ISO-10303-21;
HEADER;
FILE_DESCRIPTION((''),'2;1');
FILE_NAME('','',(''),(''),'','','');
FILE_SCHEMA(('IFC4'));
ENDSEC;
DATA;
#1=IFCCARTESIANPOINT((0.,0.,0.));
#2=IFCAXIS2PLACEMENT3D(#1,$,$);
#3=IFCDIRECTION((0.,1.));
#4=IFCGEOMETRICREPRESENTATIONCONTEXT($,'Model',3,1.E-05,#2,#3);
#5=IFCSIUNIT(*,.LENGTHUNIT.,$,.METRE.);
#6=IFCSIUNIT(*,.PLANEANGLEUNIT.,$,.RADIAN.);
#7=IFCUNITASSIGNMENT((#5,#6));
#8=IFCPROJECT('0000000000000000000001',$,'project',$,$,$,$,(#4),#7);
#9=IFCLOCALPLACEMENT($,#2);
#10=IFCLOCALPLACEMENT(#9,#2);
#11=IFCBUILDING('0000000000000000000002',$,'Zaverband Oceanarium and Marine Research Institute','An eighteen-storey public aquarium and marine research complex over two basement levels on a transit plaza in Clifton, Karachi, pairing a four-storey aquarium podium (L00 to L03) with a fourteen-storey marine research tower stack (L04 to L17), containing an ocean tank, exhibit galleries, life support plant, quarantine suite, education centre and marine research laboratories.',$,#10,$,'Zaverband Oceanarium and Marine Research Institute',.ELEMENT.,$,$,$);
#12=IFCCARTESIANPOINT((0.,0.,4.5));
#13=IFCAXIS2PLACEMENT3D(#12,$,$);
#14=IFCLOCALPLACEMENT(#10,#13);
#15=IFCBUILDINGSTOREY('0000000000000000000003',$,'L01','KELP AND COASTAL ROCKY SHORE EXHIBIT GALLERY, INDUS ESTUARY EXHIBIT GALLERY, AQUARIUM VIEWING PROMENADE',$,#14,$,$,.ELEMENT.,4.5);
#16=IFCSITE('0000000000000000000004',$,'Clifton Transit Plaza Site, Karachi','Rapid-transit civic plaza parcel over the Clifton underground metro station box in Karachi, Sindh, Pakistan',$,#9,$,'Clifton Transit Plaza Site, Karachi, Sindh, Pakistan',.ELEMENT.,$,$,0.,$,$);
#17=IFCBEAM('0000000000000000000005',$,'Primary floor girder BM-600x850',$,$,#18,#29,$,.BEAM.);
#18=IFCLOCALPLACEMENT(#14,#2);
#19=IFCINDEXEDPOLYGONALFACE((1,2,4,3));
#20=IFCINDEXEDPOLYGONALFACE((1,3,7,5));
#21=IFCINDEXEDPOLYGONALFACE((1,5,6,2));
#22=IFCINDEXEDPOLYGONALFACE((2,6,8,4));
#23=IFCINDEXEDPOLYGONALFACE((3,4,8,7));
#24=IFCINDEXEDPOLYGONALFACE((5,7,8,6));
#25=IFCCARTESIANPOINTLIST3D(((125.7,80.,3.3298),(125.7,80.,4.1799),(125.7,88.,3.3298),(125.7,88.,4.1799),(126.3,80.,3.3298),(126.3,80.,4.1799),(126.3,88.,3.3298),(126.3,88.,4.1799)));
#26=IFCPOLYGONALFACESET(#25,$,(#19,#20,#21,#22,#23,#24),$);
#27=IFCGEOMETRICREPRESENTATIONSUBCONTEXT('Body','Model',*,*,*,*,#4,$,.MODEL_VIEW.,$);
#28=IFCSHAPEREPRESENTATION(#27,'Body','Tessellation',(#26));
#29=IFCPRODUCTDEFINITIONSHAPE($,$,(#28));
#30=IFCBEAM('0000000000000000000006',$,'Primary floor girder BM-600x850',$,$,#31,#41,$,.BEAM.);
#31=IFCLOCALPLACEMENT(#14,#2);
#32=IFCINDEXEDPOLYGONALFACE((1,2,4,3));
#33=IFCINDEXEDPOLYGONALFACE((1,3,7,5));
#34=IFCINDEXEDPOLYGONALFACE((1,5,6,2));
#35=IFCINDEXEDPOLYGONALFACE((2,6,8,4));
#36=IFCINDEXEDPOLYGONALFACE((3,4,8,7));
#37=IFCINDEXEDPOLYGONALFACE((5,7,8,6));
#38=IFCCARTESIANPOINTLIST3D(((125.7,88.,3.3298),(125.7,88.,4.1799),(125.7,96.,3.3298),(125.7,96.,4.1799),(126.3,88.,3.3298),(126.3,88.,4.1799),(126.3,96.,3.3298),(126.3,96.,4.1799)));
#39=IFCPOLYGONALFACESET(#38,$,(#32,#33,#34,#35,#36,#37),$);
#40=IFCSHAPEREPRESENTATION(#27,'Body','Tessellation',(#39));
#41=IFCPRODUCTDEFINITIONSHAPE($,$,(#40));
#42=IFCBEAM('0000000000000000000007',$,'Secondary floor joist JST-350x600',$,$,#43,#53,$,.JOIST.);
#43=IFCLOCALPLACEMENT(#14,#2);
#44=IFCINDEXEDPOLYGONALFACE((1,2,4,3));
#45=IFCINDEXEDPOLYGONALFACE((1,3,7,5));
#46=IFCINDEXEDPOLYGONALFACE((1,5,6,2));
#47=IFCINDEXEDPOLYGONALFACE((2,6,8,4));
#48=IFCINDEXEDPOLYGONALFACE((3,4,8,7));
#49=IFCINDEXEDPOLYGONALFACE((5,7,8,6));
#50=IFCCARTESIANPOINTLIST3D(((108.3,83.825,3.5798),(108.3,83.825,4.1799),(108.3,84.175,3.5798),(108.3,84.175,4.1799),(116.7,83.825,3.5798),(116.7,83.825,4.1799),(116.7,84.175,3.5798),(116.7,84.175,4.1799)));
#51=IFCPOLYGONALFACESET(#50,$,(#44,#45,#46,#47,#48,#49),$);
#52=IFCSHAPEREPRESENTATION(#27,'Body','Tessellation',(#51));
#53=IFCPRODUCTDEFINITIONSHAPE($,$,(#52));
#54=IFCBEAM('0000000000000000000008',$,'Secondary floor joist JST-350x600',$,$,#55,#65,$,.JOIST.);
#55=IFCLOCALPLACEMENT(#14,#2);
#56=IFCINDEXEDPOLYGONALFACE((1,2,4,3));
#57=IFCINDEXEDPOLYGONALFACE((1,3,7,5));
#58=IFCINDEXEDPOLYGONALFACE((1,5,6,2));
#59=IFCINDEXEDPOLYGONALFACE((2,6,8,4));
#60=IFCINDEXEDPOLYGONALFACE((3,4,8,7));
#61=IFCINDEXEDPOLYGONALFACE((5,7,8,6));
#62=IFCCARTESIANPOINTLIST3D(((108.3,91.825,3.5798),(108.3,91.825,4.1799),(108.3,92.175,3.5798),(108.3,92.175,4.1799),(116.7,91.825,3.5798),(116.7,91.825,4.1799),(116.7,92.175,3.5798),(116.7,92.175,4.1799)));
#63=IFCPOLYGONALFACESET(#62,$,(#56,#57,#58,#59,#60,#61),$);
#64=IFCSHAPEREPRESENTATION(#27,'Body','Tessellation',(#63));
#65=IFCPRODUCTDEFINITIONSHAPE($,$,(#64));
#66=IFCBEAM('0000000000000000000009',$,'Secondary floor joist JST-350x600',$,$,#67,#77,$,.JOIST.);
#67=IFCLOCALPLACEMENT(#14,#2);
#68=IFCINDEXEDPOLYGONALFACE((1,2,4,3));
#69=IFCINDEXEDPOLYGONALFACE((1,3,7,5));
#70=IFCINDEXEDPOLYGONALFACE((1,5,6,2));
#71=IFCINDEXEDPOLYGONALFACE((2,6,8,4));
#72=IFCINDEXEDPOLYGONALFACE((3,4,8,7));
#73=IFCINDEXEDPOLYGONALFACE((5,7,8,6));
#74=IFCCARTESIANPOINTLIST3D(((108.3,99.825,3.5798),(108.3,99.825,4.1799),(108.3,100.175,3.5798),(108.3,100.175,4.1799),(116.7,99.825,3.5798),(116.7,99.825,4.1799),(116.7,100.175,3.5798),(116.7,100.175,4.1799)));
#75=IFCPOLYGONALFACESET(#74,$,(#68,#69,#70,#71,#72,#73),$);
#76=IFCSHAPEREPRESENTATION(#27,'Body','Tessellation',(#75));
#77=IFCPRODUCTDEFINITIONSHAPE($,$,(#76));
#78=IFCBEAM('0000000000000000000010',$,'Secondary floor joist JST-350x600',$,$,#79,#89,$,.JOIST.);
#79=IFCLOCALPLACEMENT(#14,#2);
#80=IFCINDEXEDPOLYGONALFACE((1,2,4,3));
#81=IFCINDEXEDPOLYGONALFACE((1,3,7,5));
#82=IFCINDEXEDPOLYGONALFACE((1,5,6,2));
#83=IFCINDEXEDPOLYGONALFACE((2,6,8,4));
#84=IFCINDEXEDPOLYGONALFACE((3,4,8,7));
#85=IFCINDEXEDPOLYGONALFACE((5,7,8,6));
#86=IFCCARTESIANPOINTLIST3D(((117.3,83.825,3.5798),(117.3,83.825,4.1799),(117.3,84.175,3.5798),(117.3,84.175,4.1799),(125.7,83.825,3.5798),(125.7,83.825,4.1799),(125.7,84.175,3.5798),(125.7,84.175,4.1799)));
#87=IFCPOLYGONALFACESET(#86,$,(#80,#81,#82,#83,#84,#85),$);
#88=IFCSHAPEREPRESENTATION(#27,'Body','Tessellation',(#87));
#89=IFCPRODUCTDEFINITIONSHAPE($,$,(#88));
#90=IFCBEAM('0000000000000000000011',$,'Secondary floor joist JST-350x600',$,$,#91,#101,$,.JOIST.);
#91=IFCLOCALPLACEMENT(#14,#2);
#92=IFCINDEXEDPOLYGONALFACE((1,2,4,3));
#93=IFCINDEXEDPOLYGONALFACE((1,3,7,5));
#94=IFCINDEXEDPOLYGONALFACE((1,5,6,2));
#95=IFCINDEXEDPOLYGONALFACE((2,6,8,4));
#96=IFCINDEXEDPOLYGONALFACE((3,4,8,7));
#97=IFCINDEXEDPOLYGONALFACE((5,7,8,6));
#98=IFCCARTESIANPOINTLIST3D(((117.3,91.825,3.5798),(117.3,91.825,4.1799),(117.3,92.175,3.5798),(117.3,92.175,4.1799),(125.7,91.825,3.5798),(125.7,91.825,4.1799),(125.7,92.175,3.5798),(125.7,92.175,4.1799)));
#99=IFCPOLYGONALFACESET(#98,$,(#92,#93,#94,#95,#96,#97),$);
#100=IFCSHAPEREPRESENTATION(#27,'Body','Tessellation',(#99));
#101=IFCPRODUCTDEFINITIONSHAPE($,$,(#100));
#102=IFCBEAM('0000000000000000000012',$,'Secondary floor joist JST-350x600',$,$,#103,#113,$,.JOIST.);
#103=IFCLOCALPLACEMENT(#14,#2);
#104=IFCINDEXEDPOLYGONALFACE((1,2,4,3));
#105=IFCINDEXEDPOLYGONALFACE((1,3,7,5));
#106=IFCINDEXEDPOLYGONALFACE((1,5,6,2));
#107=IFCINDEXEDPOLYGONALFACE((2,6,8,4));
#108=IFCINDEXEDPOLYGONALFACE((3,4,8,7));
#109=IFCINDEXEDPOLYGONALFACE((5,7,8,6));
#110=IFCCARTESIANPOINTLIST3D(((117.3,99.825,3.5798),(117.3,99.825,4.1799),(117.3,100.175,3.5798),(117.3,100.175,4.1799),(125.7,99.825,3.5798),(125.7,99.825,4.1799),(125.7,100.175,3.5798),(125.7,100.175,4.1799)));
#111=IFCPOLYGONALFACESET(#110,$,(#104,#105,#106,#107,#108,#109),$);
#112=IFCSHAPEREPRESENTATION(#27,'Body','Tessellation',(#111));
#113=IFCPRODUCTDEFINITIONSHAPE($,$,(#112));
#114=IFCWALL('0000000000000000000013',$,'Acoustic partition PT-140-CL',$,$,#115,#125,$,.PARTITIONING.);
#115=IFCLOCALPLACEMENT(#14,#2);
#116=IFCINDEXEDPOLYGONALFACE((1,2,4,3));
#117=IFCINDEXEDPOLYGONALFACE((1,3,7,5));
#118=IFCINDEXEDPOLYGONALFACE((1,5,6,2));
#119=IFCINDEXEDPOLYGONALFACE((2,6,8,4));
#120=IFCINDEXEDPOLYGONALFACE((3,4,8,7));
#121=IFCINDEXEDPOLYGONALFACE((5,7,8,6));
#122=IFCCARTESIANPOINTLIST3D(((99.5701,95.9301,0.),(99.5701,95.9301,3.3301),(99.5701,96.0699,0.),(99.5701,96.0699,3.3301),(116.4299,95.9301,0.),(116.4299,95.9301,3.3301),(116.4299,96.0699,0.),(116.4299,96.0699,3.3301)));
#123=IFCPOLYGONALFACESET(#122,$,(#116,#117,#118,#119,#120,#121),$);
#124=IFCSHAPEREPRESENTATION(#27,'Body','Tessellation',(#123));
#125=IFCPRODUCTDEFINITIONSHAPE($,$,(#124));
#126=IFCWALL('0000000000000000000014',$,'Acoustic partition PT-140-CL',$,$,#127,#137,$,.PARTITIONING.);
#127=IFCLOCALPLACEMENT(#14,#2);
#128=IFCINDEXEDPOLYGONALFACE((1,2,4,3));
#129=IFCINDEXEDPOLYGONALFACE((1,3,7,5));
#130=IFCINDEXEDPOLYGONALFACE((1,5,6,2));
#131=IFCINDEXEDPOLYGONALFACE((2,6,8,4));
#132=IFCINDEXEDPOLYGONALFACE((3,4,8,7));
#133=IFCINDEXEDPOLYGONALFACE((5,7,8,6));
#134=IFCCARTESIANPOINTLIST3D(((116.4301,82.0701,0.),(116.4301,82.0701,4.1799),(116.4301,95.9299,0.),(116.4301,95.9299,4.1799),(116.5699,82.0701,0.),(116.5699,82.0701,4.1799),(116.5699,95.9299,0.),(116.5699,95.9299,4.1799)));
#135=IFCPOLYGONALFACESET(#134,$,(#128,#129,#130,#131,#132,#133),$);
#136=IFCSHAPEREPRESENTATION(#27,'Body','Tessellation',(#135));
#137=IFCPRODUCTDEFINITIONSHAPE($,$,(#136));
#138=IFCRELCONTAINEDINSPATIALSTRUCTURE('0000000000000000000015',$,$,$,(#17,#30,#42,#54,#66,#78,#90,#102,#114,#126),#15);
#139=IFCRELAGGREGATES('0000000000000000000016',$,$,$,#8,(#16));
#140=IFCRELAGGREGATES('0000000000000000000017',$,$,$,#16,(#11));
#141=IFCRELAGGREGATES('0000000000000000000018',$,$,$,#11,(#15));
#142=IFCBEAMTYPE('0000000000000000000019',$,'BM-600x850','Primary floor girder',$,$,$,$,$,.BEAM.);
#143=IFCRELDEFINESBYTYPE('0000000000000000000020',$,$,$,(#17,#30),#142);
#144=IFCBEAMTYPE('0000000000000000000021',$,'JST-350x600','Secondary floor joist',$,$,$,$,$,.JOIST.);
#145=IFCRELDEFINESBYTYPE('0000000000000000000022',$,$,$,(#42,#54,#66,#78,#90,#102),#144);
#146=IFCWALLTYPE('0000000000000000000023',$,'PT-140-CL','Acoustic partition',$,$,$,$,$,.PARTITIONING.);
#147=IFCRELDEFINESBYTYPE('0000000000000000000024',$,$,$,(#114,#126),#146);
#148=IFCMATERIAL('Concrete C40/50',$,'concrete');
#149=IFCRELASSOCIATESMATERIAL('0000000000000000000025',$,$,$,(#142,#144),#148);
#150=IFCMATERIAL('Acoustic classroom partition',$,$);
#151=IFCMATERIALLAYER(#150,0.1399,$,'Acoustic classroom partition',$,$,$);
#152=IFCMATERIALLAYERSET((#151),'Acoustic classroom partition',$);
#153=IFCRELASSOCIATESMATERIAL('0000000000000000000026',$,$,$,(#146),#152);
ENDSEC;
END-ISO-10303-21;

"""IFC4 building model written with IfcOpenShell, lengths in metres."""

from ifc_helpers import new_model, si_unit, direction, frame, frame_2d, origin, origin_2d, place, context, subcontext, project, spatial, rectangle, extrude, material, layer, layer_set, material_profile, profile_set, type_object, element, save


model = new_model("IFC4")

# Units and contexts
model_context = context("Model", 3, precision=1e-05, world=origin(), true_north=direction((0.0, 1.0)))
body_context = subcontext(model_context, "Body", "Model", "MODEL_VIEW")
ifc_project = project(units=[si_unit("LENGTHUNIT", "METRE"), si_unit("PLANEANGLEUNIT", "RADIAN")], contexts=[model_context])

# Site, building, storey
site_placement = place(None, origin())
site = spatial("IfcSite", under=ifc_project, at=site_placement, Name="Clifton Transit Plaza Site, Karachi", Description="Rapid-transit civic plaza parcel over the Clifton underground metro station box in Karachi, Sindh, Pakistan", LongName="Clifton Transit Plaza Site, Karachi, Sindh, Pakistan", CompositionType="ELEMENT", RefElevation=0.0)
building_placement = place(site_placement, origin())
building = spatial("IfcBuilding", under=site, at=building_placement, Name="Zaverband Oceanarium and Marine Research Institute", Description="An eighteen-storey public aquarium and marine research complex over two basement levels on a transit plaza in Clifton, Karachi, pairing a four-storey aquarium podium (L00 to L03) with a fourteen-storey marine research tower stack (L04 to L17), containing an ocean tank, exhibit galleries, life support plant, quarantine suite, education centre and marine research laboratories.", LongName="Zaverband Oceanarium and Marine Research Institute", CompositionType="ELEMENT")
storey_placement = place(building_placement, frame((0.0, 0.0, 4.5)))
storey = spatial("IfcBuildingStorey", under=building, at=storey_placement, Name="L01", Description="KELP AND COASTAL ROCKY SHORE EXHIBIT GALLERY, INDUS ESTUARY EXHIBIT GALLERY, AQUARIUM VIEWING PROMENADE", CompositionType="ELEMENT", Elevation=4.5)

# Beams
ifc_material_1 = material(Name="Concrete C40/50", Category="concrete")
ifc_material_profile_1 = material_profile(ifc_material_1, rectangle(XDim=0.6001, YDim=0.8501, at=origin_2d()), Name="RC600x850")
ifc_profile_set_1 = profile_set([ifc_material_profile_1], Name="Concrete C40/50")
beam_type_1 = type_object("IfcBeamType", Name="BM-600x850", Description="Primary floor girder", PredefinedType="BEAM", material=ifc_profile_set_1)
for number, where, z_axis, x_axis, name in (
    (1, (126.0, 80.0, 3.7549), (0.0, 1.0, 0.0), (-1.0, 0.0, 0.0), "Primary floor girder BM-600x850"),
    (2, (126.0, 88.0, 3.7549), (0.0, 1.0, 0.0), (-1.0, 0.0, 0.0), "Primary floor girder BM-600x850"),
):
    element("IfcBeam", number, at=place(storey_placement, frame(where, z_axis=z_axis, x_axis=x_axis)), inside=storey, type_object=beam_type_1, Name=name, PredefinedType="BEAM", context=body_context, shape_type="SweptSolid", body=[
        extrude(rectangle(XDim=0.6001, YDim=0.8501, at=origin_2d()), origin(), (0.0, 0.0, 1.0), 8.0),
    ])
ifc_material_profile_2 = material_profile(ifc_material_1, rectangle(XDim=0.3501, YDim=0.6001, at=origin_2d()), Name="RC350x600")
ifc_profile_set_2 = profile_set([ifc_material_profile_2], Name="Concrete C40/50")
beam_type_2 = type_object("IfcBeamType", Name="JST-350x600", Description="Secondary floor joist", PredefinedType="JOIST", material=ifc_profile_set_2)
for number, where, z_axis, x_axis, name in (
    (3, (108.3, 84.0, 3.8799), (1.0, 0.0, 0.0), (0.0, 1.0, 0.0), "Secondary floor joist JST-350x600"),
    (4, (108.3, 92.0, 3.8799), (1.0, 0.0, 0.0), (0.0, 1.0, 0.0), "Secondary floor joist JST-350x600"),
    (5, (108.3, 100.0, 3.8799), (1.0, 0.0, 0.0), (0.0, 1.0, 0.0), "Secondary floor joist JST-350x600"),
    (6, (117.3, 84.0, 3.8799), (1.0, 0.0, 0.0), (0.0, 1.0, 0.0), "Secondary floor joist JST-350x600"),
    (7, (117.3, 92.0, 3.8799), (1.0, 0.0, 0.0), (0.0, 1.0, 0.0), "Secondary floor joist JST-350x600"),
    (8, (117.3, 100.0, 3.8799), (1.0, 0.0, 0.0), (0.0, 1.0, 0.0), "Secondary floor joist JST-350x600"),
):
    element("IfcBeam", number, at=place(storey_placement, frame(where, z_axis=z_axis, x_axis=x_axis)), inside=storey, type_object=beam_type_2, Name=name, PredefinedType="JOIST", context=body_context, shape_type="SweptSolid", body=[
        extrude(rectangle(XDim=0.3501, YDim=0.6001, at=origin_2d()), origin(), (0.0, 0.0, 1.0), 8.3999),
    ])

# Walls
ifc_material_2 = material(Name="Acoustic classroom partition")
ifc_layer = layer(ifc_material_2, 0.1399, Name="Acoustic classroom partition")
ifc_layer_set = layer_set([ifc_layer], Name="Acoustic classroom partition")
wall_type = type_object("IfcWallType", Name="PT-140-CL", Description="Acoustic partition", PredefinedType="PARTITIONING", material=ifc_layer_set)
wall_1_placement = place(storey_placement, frame((99.5701, 96.0, 0.0), z_axis=(0.0, 0.0, 1.0), x_axis=(1.0, 0.0, 0.0)))
element("IfcWall", 9, at=wall_1_placement, inside=storey, type_object=wall_type, Name="Acoustic partition PT-140-CL", PredefinedType="PARTITIONING", context=body_context, shape_type="SweptSolid", body=[
    extrude(rectangle(XDim=16.8599, YDim=0.1399, at=frame_2d((8.4299, 0.0))), origin(), (0.0, 0.0, 1.0), 3.3301),
])
wall_2_placement = place(storey_placement, frame((116.5, 82.0701, 0.0), z_axis=(0.0, 0.0, 1.0), x_axis=(0.0, 1.0, 0.0)))
element("IfcWall", 10, at=wall_2_placement, inside=storey, type_object=wall_type, Name="Acoustic partition PT-140-CL", PredefinedType="PARTITIONING", context=body_context, shape_type="SweptSolid", body=[
    extrude(rectangle(XDim=13.8599, YDim=0.1399, at=frame_2d((6.9299, 0.0))), origin(), (0.0, 0.0, 1.0), 4.1799),
])

save(model, "model.ifc")
